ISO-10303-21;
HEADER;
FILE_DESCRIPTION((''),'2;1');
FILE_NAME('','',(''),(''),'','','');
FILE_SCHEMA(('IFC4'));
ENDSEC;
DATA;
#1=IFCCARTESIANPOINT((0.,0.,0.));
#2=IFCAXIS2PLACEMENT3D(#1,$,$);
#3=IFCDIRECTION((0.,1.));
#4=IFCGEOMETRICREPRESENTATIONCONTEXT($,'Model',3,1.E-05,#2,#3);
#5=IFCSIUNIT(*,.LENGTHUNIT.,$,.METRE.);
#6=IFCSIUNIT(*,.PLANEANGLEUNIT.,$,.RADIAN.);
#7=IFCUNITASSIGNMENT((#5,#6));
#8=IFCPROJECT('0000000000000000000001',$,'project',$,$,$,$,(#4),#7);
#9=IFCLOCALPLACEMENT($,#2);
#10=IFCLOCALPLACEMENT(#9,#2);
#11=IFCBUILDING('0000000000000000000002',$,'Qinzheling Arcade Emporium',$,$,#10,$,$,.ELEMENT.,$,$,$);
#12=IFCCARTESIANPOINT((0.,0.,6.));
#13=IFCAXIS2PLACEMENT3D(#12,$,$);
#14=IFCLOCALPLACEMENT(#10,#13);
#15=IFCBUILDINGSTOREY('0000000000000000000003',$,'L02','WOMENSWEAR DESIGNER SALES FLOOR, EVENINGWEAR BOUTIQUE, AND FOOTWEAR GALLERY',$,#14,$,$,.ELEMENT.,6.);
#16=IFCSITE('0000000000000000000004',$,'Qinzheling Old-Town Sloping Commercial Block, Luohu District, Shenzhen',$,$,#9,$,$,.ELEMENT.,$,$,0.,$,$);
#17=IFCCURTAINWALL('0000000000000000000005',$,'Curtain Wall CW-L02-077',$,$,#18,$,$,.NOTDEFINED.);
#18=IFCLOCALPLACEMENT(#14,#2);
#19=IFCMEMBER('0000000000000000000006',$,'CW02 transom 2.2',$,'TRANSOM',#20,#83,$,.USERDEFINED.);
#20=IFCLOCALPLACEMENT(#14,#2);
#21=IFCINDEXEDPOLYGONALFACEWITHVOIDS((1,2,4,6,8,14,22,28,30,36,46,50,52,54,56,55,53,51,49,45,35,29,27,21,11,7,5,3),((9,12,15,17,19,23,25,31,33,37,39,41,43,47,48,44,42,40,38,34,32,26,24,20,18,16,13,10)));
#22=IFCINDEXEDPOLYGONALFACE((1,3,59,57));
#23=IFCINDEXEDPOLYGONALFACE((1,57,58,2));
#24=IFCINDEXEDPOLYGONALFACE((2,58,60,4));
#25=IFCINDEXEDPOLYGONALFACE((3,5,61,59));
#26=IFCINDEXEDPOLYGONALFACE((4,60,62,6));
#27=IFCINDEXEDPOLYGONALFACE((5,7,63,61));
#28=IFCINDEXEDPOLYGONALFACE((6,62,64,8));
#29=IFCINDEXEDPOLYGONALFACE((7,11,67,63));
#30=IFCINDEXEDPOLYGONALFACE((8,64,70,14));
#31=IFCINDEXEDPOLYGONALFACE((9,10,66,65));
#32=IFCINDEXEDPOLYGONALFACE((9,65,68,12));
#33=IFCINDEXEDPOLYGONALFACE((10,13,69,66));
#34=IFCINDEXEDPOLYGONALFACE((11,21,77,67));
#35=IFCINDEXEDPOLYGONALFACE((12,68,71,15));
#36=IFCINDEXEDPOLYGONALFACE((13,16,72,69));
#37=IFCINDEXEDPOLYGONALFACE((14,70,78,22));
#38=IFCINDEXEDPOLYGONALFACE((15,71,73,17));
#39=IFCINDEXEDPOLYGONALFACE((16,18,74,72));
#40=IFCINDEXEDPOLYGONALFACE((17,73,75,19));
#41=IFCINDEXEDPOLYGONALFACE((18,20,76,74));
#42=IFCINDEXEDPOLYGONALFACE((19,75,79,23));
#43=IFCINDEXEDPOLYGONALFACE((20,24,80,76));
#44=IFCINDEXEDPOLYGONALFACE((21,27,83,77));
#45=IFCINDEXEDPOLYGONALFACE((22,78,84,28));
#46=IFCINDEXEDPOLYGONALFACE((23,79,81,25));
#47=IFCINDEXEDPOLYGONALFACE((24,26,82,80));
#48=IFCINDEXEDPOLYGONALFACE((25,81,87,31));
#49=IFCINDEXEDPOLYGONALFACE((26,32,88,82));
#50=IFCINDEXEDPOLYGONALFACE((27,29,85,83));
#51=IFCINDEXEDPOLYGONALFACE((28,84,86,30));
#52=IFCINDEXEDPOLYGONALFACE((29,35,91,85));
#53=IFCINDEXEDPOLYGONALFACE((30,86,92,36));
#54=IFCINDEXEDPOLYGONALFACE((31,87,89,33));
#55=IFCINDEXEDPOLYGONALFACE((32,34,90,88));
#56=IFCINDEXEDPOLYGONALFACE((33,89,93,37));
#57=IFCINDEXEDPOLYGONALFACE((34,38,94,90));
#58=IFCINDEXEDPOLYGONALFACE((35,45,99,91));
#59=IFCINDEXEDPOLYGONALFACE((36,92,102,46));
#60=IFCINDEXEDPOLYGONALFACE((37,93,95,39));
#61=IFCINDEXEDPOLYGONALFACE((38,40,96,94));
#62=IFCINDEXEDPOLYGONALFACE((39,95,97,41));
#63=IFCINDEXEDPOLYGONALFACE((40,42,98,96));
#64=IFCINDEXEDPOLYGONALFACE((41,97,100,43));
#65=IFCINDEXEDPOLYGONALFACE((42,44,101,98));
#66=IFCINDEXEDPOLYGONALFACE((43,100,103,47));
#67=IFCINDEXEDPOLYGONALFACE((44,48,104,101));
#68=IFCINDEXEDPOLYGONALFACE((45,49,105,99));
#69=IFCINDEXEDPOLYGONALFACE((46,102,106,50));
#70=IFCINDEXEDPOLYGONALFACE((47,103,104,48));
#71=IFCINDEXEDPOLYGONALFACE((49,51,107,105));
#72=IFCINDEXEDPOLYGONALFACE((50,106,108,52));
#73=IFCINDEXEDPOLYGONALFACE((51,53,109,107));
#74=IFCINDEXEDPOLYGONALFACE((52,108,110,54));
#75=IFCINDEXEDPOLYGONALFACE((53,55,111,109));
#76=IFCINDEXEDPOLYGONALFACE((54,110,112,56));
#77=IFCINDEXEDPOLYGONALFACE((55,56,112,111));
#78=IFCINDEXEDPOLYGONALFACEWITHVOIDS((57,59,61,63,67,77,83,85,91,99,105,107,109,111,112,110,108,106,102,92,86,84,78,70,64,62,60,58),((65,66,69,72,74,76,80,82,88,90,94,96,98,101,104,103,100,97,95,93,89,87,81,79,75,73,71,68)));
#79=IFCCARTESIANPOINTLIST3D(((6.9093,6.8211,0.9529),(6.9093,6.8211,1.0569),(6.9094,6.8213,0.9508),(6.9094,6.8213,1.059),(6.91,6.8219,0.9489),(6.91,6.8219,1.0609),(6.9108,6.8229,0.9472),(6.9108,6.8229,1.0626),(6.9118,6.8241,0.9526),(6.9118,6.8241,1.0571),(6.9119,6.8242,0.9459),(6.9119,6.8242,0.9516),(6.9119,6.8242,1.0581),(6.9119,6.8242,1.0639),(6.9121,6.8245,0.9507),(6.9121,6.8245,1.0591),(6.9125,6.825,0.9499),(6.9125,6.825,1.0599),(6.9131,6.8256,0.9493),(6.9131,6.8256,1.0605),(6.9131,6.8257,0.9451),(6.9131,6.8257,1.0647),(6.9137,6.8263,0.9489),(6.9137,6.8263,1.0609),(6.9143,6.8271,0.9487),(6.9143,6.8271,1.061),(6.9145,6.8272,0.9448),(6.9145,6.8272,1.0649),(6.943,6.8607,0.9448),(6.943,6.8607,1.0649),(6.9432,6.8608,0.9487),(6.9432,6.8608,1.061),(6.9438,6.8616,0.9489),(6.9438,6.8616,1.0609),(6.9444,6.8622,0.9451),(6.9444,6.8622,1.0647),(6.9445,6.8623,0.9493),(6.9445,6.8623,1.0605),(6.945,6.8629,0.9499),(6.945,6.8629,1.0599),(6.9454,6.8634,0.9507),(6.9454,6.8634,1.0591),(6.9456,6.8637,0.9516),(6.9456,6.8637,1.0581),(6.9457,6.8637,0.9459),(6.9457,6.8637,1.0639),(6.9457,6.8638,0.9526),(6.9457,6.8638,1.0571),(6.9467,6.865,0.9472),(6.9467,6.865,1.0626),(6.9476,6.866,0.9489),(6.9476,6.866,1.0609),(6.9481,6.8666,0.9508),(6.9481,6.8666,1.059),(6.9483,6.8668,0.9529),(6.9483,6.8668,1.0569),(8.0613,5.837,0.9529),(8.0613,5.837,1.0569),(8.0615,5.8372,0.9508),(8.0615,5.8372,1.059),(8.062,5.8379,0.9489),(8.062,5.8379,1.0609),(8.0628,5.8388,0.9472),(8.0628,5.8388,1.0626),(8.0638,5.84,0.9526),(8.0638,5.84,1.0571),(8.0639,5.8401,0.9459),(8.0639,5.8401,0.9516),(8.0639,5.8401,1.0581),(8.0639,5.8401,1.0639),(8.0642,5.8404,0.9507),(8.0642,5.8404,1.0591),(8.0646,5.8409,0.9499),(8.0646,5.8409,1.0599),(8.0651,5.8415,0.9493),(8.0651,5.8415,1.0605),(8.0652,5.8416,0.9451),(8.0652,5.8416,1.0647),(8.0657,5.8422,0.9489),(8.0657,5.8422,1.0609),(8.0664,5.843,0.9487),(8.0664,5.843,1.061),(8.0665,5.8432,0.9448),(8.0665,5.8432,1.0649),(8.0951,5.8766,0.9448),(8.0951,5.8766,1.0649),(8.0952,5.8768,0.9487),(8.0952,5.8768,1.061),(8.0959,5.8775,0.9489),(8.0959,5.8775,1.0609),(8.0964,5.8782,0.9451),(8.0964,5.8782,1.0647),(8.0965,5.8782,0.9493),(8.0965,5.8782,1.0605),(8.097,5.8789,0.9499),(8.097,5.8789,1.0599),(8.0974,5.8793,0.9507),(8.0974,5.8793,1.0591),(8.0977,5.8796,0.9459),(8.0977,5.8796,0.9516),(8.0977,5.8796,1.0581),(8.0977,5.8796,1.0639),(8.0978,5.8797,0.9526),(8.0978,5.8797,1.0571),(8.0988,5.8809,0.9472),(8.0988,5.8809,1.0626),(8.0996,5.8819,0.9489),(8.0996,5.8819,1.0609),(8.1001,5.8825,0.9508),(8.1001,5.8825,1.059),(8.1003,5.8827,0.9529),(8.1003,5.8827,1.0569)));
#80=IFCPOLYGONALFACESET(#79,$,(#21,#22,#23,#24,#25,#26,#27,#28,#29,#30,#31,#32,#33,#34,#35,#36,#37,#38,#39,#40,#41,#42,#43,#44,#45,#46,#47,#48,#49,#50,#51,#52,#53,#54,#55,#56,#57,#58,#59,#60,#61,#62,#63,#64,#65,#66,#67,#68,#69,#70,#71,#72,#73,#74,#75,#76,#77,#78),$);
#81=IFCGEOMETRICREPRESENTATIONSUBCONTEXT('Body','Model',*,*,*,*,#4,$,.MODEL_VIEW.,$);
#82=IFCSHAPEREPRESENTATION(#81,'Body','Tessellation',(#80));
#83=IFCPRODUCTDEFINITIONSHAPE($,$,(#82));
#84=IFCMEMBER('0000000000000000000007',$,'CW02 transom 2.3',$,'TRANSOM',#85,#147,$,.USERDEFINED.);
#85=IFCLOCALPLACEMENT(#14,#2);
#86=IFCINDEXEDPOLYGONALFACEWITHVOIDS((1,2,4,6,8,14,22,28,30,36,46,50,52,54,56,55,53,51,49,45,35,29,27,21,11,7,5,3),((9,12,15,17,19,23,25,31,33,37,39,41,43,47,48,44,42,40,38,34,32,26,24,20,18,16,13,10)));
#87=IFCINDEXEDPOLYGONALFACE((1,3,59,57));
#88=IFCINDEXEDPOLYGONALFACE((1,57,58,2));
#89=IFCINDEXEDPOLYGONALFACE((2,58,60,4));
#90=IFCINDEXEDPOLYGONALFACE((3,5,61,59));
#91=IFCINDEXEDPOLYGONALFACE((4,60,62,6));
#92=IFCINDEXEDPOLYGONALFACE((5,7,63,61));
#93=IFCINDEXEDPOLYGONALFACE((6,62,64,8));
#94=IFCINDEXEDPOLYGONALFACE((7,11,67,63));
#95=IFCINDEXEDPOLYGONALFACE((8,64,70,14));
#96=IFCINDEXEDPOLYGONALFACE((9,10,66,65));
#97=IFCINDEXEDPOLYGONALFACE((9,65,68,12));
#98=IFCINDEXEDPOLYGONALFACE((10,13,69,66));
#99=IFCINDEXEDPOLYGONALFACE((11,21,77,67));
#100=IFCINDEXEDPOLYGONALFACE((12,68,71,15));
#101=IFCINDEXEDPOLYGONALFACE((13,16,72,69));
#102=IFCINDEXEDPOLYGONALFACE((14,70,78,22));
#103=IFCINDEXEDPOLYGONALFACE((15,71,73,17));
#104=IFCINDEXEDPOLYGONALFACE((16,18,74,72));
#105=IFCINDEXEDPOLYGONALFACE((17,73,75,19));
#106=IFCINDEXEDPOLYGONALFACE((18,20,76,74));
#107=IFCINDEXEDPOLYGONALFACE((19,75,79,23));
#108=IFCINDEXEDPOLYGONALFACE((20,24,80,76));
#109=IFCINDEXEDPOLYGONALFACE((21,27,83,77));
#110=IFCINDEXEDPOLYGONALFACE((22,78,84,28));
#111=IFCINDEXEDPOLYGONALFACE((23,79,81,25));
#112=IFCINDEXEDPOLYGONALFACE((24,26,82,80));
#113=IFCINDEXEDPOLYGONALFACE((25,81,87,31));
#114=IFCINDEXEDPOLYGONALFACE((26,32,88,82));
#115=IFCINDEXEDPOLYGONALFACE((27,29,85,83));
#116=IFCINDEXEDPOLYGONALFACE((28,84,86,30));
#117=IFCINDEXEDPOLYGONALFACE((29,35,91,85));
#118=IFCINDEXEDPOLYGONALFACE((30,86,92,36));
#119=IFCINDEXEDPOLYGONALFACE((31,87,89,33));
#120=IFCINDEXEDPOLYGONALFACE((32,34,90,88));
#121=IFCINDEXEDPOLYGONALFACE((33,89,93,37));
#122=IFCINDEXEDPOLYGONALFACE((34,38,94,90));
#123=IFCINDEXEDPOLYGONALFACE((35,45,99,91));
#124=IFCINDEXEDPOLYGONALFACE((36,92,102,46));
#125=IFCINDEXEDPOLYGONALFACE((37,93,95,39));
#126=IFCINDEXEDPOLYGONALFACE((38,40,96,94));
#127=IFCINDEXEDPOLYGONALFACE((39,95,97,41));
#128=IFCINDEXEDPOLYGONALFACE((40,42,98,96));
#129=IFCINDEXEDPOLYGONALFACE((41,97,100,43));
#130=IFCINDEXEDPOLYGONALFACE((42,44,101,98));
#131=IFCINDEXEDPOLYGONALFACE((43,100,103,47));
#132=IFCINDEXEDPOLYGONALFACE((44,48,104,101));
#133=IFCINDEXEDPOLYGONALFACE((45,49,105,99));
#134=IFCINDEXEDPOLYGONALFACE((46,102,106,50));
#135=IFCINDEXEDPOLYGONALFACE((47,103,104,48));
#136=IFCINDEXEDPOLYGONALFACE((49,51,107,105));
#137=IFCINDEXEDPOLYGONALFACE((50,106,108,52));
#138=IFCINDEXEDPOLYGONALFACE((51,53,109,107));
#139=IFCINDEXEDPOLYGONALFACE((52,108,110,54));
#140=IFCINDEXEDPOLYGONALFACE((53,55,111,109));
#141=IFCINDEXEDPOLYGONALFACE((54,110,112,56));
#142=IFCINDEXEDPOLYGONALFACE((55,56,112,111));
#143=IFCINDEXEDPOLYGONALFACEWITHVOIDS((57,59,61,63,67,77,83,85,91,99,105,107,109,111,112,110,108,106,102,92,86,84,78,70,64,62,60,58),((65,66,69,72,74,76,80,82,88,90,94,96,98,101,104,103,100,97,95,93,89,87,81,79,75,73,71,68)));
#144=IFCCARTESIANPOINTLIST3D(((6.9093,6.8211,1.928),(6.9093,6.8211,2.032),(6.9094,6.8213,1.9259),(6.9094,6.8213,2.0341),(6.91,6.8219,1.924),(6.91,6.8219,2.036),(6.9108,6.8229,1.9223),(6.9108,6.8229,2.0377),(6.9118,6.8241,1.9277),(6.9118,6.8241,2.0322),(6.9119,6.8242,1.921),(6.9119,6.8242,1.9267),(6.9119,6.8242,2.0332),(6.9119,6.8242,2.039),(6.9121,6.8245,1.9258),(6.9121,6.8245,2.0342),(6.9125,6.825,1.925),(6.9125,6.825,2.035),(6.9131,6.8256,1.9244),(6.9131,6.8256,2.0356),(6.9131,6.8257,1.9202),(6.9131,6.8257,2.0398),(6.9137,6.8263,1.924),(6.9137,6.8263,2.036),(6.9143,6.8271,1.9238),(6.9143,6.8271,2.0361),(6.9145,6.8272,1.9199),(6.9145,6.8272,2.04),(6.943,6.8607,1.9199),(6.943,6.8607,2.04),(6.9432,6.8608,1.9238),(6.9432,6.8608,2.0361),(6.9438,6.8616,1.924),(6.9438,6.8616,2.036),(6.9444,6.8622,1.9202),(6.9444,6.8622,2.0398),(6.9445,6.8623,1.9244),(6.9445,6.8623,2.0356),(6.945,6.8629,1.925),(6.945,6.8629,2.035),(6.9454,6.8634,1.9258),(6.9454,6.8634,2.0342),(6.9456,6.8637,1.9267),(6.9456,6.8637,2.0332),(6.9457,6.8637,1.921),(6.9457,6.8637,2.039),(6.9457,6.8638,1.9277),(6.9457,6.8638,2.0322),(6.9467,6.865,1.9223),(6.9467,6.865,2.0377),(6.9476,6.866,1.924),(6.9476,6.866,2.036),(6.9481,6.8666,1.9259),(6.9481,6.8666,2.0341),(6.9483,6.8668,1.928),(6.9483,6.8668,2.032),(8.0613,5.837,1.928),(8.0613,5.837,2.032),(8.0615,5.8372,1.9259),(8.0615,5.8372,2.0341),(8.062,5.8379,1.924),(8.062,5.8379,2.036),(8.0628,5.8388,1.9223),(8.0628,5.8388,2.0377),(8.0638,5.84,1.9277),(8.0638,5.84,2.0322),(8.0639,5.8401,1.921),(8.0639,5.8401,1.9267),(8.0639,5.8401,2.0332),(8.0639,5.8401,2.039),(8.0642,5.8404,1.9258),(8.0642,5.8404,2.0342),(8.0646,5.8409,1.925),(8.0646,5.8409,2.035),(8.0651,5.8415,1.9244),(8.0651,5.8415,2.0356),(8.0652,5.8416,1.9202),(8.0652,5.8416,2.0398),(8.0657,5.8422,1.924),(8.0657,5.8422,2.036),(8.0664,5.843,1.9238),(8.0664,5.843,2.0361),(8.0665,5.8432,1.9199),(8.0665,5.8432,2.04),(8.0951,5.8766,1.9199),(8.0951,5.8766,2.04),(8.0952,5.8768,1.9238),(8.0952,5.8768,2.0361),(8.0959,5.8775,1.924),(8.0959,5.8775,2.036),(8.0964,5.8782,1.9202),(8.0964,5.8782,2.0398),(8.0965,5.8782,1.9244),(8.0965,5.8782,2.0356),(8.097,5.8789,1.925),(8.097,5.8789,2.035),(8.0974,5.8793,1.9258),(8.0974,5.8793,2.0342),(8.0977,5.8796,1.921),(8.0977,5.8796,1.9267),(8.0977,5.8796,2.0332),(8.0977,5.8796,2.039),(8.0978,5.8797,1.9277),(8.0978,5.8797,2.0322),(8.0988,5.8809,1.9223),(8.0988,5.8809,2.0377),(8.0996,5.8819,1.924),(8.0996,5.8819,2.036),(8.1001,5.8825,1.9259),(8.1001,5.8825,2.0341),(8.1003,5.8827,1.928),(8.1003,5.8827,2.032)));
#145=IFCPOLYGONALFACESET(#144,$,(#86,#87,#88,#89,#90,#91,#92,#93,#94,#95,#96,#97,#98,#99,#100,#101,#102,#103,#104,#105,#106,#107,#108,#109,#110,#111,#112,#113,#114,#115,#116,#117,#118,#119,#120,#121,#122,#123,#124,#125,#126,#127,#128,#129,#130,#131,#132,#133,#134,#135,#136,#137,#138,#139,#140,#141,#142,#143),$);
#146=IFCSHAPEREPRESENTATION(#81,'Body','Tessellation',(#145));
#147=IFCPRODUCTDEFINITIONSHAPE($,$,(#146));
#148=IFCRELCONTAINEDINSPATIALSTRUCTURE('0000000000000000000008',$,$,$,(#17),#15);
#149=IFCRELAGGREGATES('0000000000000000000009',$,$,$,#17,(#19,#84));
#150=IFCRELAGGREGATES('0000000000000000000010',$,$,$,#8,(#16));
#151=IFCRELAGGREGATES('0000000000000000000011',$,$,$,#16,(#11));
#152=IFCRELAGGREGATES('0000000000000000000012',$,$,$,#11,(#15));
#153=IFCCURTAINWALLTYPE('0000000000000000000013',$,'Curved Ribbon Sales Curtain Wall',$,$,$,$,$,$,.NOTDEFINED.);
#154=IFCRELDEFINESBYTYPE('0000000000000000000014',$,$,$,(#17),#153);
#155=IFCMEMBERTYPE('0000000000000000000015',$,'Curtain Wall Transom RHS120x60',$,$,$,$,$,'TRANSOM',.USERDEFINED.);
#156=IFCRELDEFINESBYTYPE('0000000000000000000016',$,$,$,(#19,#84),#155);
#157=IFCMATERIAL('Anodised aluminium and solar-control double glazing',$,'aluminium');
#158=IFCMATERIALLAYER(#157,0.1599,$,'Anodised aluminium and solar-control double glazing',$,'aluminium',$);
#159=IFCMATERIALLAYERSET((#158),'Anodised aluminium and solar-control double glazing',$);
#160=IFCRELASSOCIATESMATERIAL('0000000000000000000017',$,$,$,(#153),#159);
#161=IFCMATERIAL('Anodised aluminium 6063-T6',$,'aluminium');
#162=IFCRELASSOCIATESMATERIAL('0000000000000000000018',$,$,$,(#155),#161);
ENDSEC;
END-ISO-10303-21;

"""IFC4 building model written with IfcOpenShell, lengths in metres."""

from ifc_helpers import new_model, si_unit, direction, frame, origin, origin_2d, place, context, subcontext, project, spatial, hollow_rectangle, extrude, material, layer, layer_set, material_profile, profile_set, type_object, element, aggregate, save


model = new_model("IFC4")

# Units and contexts
model_context = context("Model", 3, precision=1e-05, world=origin(), true_north=direction((0.0, 1.0)))
body_context = subcontext(model_context, "Body", "Model", "MODEL_VIEW")
ifc_project = project(units=[si_unit("LENGTHUNIT", "METRE"), si_unit("PLANEANGLEUNIT", "RADIAN")], contexts=[model_context])

# Site, building, storey
site_placement = place(None, origin())
site = spatial("IfcSite", under=ifc_project, at=site_placement, Name="Qinzheling Old-Town Sloping Commercial Block, Luohu District, Shenzhen", CompositionType="ELEMENT", RefElevation=0.0)
building_placement = place(site_placement, origin())
building = spatial("IfcBuilding", under=site, at=building_placement, Name="Qinzheling Arcade Emporium", CompositionType="ELEMENT")
storey_placement = place(building_placement, frame((0.0, 0.0, 6.0)))
storey = spatial("IfcBuildingStorey", under=building, at=storey_placement, Name="L02", Description="WOMENSWEAR DESIGNER SALES FLOOR, EVENINGWEAR BOUTIQUE, AND FOOTWEAR GALLERY", CompositionType="ELEMENT", Elevation=6.0)

# Curtain wall
ifc_material_1 = material(Name="Anodised aluminium and solar-control double glazing", Category="aluminium")
ifc_layer_1 = layer(ifc_material_1, 0.1599, Name="Anodised aluminium and solar-control double glazing", Category="aluminium")
ifc_layer_set_1 = layer_set([ifc_layer_1], Name="Anodised aluminium and solar-control double glazing")
curtain_wall_type = type_object("IfcCurtainWallType", Name="Curved Ribbon Sales Curtain Wall", PredefinedType="NOTDEFINED", material=ifc_layer_set_1)
curtain_wall_1_placement = place(storey_placement, origin())
curtain_wall_1 = element("IfcCurtainWall", 1, at=curtain_wall_1_placement, inside=storey, type_object=curtain_wall_type, Name="Curtain Wall CW-L02-077", PredefinedType="NOTDEFINED")
ifc_material_2 = material(Name="Anodised aluminium 6063-T6", Category="aluminium")

# Members
ifc_material_profile_1 = material_profile(ifc_material_2, hollow_rectangle(XDim=0.0601, YDim=0.1201, WallThickness=0.0039, InnerFilletRadius=0.0039, OuterFilletRadius=0.0081, at=origin_2d()), Name="RHS 120x60x4", Category="aluminium")
ifc_profile_set_1 = profile_set([ifc_material_profile_1], Name="Anodised aluminium 6063-T6")
member_type_1 = type_object("IfcMemberType", Name="Curtain Wall Transom RHS120x60", ElementType="TRANSOM", PredefinedType="USERDEFINED", material=ifc_profile_set_1)
member_1_placement = place(storey_placement, frame((8.0808, 5.8599, 1.0049), z_axis=(-0.760359, 0.649503, 0.0), x_axis=(-0.649503, -0.760359, 0.0)))
member_1 = element("IfcMember", 2, at=member_1_placement, type_object=member_type_1, Name="CW02 transom 2.2", ObjectType="TRANSOM", PredefinedType="USERDEFINED", context=body_context, shape_type="SweptSolid", body=[
    extrude(hollow_rectangle(XDim=0.0601, YDim=0.1201, WallThickness=0.0039, InnerFilletRadius=0.0039, OuterFilletRadius=0.0081, at=origin_2d()), origin(), (0.0, 0.0, 1.0), 1.5151),
])
member_2_placement = place(storey_placement, frame((8.0808, 5.8599, 1.98), z_axis=(-0.760359, 0.649503, 0.0), x_axis=(-0.649503, -0.760359, 0.0)))
member_2 = element("IfcMember", 3, at=member_2_placement, type_object=member_type_1, Name="CW02 transom 2.3", ObjectType="TRANSOM", PredefinedType="USERDEFINED", context=body_context, shape_type="SweptSolid", body=[
    extrude(hollow_rectangle(XDim=0.0601, YDim=0.1201, WallThickness=0.0039, InnerFilletRadius=0.0039, OuterFilletRadius=0.0081, at=origin_2d()), origin(), (0.0, 0.0, 1.0), 1.5151),
])

aggregate(curtain_wall_1, [member_1, member_2])

save(model, "model.ifc")
